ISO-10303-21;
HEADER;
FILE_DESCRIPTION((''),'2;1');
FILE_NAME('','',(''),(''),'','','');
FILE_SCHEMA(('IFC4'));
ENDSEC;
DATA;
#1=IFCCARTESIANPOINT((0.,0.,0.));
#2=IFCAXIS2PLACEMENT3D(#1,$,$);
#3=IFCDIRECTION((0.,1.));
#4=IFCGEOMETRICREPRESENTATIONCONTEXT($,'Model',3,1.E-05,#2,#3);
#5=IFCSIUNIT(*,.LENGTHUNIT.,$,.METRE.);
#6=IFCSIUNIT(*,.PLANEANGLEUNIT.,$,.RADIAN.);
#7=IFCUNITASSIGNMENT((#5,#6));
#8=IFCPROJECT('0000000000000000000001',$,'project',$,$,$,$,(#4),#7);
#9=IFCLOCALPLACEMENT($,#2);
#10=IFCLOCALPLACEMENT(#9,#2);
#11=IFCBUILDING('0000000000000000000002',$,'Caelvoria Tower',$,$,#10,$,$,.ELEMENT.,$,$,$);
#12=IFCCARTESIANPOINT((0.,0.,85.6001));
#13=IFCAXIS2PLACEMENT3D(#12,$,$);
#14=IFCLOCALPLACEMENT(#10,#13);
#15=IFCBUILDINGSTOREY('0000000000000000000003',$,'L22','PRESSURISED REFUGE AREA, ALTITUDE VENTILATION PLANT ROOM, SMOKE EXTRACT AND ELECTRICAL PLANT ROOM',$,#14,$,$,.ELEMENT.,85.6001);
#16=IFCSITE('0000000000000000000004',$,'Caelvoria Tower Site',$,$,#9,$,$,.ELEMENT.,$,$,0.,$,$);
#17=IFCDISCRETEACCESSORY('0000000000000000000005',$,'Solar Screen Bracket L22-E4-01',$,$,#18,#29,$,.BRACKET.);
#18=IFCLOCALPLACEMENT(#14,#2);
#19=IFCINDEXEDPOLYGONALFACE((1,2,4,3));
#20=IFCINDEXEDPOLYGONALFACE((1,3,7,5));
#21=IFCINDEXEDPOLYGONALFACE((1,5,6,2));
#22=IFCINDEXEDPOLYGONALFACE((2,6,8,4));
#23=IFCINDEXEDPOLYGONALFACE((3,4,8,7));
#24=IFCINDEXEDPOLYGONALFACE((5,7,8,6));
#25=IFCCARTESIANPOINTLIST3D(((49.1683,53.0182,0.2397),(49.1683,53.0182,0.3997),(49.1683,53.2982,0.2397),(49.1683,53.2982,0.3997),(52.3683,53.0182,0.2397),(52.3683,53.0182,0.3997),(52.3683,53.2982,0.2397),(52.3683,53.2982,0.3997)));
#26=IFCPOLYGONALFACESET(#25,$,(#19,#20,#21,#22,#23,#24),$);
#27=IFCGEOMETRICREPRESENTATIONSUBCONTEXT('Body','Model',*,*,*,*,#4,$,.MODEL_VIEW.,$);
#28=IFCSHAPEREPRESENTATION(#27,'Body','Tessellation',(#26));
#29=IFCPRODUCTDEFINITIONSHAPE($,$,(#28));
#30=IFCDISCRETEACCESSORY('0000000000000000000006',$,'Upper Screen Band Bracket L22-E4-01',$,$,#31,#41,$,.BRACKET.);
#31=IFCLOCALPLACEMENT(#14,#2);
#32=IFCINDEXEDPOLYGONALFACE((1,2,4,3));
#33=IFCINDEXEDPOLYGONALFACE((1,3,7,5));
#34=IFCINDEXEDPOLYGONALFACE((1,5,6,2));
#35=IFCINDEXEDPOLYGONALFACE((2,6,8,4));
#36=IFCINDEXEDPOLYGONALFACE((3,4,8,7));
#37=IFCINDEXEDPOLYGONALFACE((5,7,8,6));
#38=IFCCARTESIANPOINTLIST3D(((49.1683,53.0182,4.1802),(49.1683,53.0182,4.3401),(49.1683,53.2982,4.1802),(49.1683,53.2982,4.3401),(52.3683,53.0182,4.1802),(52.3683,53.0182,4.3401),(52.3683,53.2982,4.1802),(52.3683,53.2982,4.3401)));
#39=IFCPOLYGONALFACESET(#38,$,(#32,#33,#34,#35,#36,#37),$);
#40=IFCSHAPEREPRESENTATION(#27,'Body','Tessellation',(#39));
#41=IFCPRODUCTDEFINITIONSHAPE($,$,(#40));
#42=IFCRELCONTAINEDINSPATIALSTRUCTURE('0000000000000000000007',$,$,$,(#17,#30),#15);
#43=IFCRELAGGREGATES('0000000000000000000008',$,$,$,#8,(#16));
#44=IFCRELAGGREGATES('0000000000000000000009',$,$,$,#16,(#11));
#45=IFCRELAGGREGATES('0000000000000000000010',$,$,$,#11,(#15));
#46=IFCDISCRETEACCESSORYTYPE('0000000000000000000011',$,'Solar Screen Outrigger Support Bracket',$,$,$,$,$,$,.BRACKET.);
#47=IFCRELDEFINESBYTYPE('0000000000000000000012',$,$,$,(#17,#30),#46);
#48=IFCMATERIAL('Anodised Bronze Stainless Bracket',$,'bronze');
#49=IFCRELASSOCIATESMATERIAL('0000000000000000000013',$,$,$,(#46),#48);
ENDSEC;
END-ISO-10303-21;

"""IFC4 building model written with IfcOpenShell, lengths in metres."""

from ifc_helpers import new_model, si_unit, direction, frame, origin, origin_2d, place, context, subcontext, project, spatial, rectangle, extrude, material, type_object, element, save


model = new_model("IFC4")

# Units and contexts
model_context = context("Model", 3, precision=1e-05, world=origin(), true_north=direction((0.0, 1.0)))
body_context = subcontext(model_context, "Body", "Model", "MODEL_VIEW")
ifc_project = project(units=[si_unit("LENGTHUNIT", "METRE"), si_unit("PLANEANGLEUNIT", "RADIAN")], contexts=[model_context])

# Site, building, storey
site_placement = place(None, origin())
site = spatial("IfcSite", under=ifc_project, at=site_placement, Name="Caelvoria Tower Site", CompositionType="ELEMENT", RefElevation=0.0)
building_placement = place(site_placement, origin())
building = spatial("IfcBuilding", under=site, at=building_placement, Name="Caelvoria Tower", CompositionType="ELEMENT")
storey_placement = place(building_placement, frame((0.0, 0.0, 85.6001)))
storey = spatial("IfcBuildingStorey", under=building, at=storey_placement, Name="L22", Description="PRESSURISED REFUGE AREA, ALTITUDE VENTILATION PLANT ROOM, SMOKE EXTRACT AND ELECTRICAL PLANT ROOM", CompositionType="ELEMENT", Elevation=85.6001)

# Discrete accessories
ifc_material_1 = material(Name="Anodised Bronze Stainless Bracket", Category="bronze")
discrete_accessory_type = type_object("IfcDiscreteAccessoryType", Name="Solar Screen Outrigger Support Bracket", PredefinedType="BRACKET", material=ifc_material_1)
for number, where, z_axis, x_axis, name in (
    (1, (50.7683, 53.1582, 0.2397), (0.0, 0.0, 1.0), (-1.0, 0.0, 0.0), "Solar Screen Bracket L22-E4-01"),
    (2, (50.7683, 53.1582, 4.1802), (0.0, 0.0, 1.0), (-1.0, 0.0, 0.0), "Upper Screen Band Bracket L22-E4-01"),
):
    element("IfcDiscreteAccessory", number, at=place(storey_placement, frame(where, z_axis=z_axis, x_axis=x_axis)), inside=storey, type_object=discrete_accessory_type, Name=name, PredefinedType="BRACKET", context=body_context, shape_type="SweptSolid", body=[
        extrude(rectangle(XDim=3.2, YDim=0.28, at=origin_2d()), origin(), (0.0, 0.0, 1.0), 0.1599),
    ])

save(model, "model.ifc")
